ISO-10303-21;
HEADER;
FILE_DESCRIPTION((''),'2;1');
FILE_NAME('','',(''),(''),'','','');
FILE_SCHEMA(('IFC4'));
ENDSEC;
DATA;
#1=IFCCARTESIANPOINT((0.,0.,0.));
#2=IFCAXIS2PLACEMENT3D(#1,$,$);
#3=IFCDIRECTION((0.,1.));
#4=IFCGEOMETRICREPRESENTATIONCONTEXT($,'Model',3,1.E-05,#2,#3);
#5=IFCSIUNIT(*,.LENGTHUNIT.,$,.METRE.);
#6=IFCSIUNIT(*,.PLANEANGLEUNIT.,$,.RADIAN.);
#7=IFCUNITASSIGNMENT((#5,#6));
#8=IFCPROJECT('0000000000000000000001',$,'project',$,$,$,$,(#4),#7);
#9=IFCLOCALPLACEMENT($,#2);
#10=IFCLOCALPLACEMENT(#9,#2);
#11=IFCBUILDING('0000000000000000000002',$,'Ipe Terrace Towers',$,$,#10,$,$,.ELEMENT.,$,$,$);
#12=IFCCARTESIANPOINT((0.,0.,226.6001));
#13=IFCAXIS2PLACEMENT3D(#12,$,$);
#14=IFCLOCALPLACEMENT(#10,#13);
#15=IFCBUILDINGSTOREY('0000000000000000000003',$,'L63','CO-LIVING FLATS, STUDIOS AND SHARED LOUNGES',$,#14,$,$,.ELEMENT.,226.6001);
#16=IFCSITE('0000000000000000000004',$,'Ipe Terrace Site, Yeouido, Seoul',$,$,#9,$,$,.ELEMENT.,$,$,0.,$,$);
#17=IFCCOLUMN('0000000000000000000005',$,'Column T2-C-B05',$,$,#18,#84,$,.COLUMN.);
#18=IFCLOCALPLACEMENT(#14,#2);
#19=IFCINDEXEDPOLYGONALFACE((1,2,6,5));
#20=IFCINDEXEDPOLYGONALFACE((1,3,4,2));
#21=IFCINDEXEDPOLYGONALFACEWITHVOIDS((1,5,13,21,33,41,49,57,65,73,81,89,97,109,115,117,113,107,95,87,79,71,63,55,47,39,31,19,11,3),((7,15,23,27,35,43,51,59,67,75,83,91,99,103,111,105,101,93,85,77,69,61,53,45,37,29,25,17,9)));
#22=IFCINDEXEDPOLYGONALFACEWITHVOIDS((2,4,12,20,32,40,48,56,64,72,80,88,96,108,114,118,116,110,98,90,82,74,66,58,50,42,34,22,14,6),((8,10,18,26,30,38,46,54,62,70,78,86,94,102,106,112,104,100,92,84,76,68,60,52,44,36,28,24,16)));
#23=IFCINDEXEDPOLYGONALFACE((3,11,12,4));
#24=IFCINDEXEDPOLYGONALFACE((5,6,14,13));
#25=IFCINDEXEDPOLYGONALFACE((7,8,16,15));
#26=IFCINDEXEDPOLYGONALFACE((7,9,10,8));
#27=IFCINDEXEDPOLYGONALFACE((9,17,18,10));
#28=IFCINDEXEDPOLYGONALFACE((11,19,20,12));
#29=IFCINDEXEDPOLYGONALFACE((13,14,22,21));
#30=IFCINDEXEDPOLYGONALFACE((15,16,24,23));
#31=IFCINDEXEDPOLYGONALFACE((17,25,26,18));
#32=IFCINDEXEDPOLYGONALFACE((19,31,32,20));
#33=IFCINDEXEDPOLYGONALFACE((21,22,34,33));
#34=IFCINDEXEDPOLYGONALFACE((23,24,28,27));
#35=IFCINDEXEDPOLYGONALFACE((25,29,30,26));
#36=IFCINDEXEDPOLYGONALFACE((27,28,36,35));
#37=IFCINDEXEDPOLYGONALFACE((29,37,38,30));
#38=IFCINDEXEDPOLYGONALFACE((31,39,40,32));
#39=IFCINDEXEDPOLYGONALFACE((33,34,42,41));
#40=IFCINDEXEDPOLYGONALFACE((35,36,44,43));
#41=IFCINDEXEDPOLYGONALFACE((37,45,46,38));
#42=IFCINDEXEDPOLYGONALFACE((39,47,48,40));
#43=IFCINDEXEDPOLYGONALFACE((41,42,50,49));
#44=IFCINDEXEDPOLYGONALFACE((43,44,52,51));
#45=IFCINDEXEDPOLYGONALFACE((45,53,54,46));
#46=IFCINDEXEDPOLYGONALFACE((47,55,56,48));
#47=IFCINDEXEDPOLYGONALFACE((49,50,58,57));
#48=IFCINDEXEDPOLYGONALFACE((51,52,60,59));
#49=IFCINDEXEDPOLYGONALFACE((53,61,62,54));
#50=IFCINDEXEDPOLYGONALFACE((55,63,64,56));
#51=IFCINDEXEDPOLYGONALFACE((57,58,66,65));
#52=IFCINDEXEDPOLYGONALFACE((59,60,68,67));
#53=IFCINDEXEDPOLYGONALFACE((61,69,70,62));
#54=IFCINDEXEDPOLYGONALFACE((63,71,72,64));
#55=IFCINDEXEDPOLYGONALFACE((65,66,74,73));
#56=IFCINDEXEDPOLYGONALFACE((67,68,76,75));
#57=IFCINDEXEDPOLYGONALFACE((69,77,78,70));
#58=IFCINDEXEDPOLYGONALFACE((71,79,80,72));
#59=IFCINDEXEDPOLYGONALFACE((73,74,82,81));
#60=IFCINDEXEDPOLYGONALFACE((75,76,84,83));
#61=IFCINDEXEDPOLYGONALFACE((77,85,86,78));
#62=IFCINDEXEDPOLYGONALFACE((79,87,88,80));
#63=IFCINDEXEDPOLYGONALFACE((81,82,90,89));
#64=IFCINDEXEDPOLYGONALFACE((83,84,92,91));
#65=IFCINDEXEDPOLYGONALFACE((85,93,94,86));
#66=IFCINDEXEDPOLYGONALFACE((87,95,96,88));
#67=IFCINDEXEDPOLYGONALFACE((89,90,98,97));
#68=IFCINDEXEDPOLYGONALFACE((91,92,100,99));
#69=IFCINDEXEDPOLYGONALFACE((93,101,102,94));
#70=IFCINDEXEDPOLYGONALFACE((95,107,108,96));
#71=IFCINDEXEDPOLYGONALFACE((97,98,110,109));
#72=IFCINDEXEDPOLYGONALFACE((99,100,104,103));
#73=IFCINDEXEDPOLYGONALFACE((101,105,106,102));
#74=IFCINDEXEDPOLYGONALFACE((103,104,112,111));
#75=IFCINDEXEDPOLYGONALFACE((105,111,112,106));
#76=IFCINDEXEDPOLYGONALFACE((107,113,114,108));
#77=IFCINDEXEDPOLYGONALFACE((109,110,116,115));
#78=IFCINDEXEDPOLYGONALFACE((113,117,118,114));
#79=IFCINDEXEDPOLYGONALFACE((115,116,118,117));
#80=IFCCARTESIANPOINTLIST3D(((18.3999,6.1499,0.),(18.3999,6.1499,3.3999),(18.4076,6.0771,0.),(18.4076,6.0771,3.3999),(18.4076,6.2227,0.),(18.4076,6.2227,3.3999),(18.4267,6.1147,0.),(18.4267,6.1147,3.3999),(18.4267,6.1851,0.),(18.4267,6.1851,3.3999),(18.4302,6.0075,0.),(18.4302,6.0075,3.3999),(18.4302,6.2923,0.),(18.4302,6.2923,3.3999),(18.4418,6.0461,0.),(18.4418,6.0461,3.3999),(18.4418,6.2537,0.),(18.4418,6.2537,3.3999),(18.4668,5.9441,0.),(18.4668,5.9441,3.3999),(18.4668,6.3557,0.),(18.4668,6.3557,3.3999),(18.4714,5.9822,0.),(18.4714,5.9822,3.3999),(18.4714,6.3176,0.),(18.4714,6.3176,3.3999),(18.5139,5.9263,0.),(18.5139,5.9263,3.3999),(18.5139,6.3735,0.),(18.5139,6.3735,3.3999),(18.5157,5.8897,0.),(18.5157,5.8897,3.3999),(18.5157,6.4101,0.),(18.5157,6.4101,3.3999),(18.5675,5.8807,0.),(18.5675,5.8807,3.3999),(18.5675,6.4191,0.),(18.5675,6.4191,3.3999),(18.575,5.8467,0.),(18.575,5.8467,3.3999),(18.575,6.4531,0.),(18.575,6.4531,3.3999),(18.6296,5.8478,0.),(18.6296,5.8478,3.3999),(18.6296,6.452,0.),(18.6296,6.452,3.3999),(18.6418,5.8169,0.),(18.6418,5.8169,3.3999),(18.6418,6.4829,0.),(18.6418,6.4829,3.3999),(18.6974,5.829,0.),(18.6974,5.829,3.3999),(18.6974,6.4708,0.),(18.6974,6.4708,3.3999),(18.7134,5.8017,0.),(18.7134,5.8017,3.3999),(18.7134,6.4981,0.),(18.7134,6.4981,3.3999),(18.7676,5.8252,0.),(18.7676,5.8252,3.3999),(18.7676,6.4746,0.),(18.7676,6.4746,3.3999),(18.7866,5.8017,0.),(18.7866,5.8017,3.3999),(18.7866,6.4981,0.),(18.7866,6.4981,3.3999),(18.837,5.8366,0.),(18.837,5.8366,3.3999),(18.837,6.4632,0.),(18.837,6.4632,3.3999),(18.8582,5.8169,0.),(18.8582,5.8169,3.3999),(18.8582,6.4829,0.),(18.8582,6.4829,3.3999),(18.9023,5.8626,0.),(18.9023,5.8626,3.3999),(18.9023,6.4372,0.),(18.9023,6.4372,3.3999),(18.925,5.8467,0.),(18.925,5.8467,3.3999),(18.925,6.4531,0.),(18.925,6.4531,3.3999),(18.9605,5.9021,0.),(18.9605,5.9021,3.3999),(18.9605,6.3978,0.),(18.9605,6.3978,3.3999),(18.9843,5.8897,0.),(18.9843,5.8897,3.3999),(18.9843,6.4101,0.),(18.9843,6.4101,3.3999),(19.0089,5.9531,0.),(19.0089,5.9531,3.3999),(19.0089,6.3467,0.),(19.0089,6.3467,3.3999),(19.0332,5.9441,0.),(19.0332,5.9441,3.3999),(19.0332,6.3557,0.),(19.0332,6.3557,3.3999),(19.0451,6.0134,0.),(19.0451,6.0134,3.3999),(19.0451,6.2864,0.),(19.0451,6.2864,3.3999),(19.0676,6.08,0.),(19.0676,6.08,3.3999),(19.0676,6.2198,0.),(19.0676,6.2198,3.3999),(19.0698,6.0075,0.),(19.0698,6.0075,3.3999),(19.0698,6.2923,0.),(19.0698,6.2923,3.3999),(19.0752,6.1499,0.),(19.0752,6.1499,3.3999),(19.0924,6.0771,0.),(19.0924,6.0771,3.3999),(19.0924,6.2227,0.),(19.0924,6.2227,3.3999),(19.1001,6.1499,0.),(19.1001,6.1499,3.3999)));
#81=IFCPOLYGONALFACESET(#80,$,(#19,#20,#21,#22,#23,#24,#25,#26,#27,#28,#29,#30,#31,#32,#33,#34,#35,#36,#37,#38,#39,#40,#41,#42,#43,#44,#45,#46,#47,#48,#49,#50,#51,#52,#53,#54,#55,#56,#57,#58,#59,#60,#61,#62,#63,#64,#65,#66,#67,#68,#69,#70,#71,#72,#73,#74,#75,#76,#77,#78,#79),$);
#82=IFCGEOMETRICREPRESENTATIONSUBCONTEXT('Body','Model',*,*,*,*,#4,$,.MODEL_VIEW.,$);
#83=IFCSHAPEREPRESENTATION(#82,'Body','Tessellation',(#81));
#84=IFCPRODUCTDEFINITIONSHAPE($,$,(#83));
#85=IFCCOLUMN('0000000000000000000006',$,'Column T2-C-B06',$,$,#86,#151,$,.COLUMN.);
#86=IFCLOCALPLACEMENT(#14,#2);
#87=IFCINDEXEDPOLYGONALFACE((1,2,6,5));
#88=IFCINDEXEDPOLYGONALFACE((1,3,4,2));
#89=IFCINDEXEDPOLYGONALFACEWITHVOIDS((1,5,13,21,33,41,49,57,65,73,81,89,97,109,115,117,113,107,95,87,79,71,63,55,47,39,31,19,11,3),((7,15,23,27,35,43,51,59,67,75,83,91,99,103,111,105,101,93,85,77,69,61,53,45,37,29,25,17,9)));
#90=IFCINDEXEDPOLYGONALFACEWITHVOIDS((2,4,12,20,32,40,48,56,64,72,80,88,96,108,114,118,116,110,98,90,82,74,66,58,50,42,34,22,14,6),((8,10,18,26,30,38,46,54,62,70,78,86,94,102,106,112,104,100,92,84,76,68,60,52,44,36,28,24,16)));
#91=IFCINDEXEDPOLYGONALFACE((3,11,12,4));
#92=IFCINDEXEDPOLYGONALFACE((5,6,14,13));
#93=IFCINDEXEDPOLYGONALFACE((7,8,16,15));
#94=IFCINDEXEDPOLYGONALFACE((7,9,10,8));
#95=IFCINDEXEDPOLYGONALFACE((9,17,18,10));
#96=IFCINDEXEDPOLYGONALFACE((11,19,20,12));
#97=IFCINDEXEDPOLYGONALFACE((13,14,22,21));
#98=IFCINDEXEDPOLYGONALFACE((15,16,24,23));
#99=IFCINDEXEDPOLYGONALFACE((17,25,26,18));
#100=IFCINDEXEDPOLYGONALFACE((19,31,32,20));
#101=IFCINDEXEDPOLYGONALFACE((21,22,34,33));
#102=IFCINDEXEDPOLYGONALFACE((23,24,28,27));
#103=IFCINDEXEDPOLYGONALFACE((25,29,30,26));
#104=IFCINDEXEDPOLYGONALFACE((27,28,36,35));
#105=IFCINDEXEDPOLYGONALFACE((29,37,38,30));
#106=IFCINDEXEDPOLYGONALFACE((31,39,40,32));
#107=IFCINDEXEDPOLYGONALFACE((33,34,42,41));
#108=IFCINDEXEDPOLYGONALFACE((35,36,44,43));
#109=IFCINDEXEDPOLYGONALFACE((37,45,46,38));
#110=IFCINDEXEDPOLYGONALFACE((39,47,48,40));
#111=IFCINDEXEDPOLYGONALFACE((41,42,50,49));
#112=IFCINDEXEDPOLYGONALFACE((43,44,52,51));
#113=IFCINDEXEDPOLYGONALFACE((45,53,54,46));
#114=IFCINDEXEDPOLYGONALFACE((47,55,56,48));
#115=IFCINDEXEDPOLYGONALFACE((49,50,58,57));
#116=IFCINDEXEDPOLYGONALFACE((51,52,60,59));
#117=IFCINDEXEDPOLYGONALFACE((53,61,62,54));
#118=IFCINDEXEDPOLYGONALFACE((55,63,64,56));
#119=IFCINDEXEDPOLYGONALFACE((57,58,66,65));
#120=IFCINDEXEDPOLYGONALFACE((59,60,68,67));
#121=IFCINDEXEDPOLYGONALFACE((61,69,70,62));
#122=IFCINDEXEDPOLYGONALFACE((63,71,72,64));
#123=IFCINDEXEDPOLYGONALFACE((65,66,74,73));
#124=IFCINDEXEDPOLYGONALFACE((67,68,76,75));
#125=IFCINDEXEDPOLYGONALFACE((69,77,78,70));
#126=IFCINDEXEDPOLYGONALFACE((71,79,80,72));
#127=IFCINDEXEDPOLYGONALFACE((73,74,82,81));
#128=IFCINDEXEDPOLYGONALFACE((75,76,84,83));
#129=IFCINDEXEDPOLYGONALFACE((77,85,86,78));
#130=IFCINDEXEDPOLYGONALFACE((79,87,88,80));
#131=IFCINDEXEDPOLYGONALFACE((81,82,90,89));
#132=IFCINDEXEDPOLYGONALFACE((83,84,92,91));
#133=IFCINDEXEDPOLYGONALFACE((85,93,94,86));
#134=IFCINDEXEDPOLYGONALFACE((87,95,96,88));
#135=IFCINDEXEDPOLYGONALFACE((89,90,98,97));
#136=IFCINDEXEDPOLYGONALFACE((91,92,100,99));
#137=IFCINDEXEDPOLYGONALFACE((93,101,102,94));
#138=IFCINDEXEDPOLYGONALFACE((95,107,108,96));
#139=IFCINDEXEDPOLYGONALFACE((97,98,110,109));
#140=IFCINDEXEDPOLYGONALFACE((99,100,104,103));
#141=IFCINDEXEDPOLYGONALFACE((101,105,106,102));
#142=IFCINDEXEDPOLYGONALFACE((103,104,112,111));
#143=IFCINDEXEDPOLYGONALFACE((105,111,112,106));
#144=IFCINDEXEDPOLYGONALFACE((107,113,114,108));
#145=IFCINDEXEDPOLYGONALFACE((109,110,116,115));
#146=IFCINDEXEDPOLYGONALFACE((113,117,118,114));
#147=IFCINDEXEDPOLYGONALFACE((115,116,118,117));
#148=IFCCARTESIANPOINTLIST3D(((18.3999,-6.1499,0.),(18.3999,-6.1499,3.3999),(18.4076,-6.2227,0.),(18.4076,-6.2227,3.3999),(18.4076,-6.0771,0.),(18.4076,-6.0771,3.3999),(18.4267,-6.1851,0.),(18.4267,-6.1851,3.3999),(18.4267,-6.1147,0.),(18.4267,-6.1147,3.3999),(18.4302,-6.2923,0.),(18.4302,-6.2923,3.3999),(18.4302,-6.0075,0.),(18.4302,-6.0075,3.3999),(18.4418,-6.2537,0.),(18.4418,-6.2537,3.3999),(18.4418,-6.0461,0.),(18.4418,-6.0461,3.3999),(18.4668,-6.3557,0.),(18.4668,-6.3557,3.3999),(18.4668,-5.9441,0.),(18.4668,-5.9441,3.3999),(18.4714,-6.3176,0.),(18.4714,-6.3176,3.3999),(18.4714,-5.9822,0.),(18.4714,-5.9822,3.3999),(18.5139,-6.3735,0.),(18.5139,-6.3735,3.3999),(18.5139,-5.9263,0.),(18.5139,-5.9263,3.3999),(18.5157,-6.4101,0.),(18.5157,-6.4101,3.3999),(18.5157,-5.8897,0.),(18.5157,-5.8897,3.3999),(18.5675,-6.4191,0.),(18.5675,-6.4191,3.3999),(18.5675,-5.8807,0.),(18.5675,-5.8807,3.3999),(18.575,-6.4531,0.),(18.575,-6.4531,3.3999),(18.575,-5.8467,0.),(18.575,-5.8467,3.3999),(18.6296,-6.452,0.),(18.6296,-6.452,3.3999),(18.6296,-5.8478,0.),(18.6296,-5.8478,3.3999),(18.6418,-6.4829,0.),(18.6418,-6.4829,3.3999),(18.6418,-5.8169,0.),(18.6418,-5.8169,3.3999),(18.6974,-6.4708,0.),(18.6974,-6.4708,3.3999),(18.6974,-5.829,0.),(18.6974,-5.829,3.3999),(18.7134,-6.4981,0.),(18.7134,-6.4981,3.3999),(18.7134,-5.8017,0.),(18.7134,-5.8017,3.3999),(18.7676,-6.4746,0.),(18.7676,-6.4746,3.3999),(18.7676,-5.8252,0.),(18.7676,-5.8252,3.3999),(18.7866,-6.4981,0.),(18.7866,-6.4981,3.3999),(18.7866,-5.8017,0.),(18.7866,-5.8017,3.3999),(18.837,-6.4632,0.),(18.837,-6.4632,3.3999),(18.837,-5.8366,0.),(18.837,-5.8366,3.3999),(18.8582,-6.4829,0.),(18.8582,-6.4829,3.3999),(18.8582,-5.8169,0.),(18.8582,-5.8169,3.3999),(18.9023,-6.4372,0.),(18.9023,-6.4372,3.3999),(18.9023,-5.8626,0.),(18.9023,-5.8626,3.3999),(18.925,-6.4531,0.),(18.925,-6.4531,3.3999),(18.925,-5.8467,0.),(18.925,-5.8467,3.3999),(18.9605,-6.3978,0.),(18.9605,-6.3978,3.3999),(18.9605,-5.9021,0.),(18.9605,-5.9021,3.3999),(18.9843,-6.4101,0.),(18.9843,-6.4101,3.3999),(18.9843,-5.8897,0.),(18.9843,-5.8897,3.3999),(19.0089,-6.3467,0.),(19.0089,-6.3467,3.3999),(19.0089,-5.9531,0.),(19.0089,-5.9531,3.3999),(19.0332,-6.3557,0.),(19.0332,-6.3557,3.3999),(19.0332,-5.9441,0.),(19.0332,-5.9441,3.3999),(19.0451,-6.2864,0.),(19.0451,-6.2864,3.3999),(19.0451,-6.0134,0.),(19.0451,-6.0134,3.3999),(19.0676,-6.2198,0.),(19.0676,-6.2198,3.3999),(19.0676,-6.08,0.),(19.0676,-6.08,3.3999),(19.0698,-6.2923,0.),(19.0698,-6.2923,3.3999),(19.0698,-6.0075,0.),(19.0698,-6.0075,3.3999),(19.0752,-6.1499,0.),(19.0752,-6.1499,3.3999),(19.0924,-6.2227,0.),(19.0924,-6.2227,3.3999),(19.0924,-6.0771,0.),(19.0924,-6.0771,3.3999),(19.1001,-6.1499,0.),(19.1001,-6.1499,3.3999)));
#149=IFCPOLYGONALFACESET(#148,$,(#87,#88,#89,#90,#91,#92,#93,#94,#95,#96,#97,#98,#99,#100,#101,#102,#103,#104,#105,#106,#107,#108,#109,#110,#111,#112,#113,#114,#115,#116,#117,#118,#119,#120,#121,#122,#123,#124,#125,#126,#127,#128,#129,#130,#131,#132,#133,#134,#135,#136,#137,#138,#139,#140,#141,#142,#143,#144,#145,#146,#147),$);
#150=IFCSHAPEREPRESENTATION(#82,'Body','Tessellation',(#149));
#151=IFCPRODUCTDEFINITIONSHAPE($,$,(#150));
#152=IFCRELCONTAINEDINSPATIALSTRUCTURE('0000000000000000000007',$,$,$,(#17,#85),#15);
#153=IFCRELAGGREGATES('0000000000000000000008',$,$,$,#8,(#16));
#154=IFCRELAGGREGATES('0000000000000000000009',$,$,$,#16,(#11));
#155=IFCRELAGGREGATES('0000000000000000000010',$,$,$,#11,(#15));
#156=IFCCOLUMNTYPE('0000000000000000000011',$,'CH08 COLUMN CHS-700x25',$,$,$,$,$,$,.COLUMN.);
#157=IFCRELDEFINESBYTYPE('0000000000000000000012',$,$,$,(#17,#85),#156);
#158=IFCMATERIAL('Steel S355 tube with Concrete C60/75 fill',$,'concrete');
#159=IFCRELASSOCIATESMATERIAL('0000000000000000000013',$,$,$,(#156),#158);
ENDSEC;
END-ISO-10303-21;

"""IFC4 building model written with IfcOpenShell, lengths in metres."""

from ifc_helpers import new_model, si_unit, direction, frame, origin, origin_2d, place, context, subcontext, project, spatial, hollow_circle, extrude, material, material_profile, profile_set, type_object, element, save


model = new_model("IFC4")

# Units and contexts
model_context = context("Model", 3, precision=1e-05, world=origin(), true_north=direction((0.0, 1.0)))
body_context = subcontext(model_context, "Body", "Model", "MODEL_VIEW")
ifc_project = project(units=[si_unit("LENGTHUNIT", "METRE"), si_unit("PLANEANGLEUNIT", "RADIAN")], contexts=[model_context])

# Site, building, storey
site_placement = place(None, origin())
site = spatial("IfcSite", under=ifc_project, at=site_placement, Name="Ipe Terrace Site, Yeouido, Seoul", CompositionType="ELEMENT", RefElevation=0.0)
building_placement = place(site_placement, origin())
building = spatial("IfcBuilding", under=site, at=building_placement, Name="Ipe Terrace Towers", CompositionType="ELEMENT")
storey_placement = place(building_placement, frame((0.0, 0.0, 226.6001)))
storey = spatial("IfcBuildingStorey", under=building, at=storey_placement, Name="L63", Description="CO-LIVING FLATS, STUDIOS AND SHARED LOUNGES", CompositionType="ELEMENT", Elevation=226.6001)

# Columns
ifc_material_1 = material(Name="Steel S355 tube with Concrete C60/75 fill", Category="concrete")
ifc_material_profile_1 = material_profile(ifc_material_1, hollow_circle(Radius=0.3501, WallThickness=0.0249, at=origin_2d()), Name="CHS-700x25")
ifc_profile_set_1 = profile_set([ifc_material_profile_1], Name="Steel S355 tube with Concrete C60/75 fill")
column_type = type_object("IfcColumnType", Name="CH08 COLUMN CHS-700x25", PredefinedType="COLUMN", material=ifc_profile_set_1)
for number, where, z_axis, x_axis, name in (
    (1, (18.75, 6.1499, 0.0), (0.0, 0.0, 1.0), (1.0, 0.0, 0.0), "Column T2-C-B05"),
    (2, (18.75, -6.1499, 0.0), (0.0, 0.0, 1.0), (1.0, 0.0, 0.0), "Column T2-C-B06"),
):
    element("IfcColumn", number, at=place(storey_placement, frame(where, z_axis=z_axis, x_axis=x_axis)), inside=storey, type_object=column_type, Name=name, PredefinedType="COLUMN", context=body_context, shape_type="SweptSolid", body=[
        extrude(hollow_circle(Radius=0.3501, WallThickness=0.0249, at=origin_2d()), origin(), (0.0, 0.0, 1.0), 3.3999),
    ])

save(model, "model.ifc")
